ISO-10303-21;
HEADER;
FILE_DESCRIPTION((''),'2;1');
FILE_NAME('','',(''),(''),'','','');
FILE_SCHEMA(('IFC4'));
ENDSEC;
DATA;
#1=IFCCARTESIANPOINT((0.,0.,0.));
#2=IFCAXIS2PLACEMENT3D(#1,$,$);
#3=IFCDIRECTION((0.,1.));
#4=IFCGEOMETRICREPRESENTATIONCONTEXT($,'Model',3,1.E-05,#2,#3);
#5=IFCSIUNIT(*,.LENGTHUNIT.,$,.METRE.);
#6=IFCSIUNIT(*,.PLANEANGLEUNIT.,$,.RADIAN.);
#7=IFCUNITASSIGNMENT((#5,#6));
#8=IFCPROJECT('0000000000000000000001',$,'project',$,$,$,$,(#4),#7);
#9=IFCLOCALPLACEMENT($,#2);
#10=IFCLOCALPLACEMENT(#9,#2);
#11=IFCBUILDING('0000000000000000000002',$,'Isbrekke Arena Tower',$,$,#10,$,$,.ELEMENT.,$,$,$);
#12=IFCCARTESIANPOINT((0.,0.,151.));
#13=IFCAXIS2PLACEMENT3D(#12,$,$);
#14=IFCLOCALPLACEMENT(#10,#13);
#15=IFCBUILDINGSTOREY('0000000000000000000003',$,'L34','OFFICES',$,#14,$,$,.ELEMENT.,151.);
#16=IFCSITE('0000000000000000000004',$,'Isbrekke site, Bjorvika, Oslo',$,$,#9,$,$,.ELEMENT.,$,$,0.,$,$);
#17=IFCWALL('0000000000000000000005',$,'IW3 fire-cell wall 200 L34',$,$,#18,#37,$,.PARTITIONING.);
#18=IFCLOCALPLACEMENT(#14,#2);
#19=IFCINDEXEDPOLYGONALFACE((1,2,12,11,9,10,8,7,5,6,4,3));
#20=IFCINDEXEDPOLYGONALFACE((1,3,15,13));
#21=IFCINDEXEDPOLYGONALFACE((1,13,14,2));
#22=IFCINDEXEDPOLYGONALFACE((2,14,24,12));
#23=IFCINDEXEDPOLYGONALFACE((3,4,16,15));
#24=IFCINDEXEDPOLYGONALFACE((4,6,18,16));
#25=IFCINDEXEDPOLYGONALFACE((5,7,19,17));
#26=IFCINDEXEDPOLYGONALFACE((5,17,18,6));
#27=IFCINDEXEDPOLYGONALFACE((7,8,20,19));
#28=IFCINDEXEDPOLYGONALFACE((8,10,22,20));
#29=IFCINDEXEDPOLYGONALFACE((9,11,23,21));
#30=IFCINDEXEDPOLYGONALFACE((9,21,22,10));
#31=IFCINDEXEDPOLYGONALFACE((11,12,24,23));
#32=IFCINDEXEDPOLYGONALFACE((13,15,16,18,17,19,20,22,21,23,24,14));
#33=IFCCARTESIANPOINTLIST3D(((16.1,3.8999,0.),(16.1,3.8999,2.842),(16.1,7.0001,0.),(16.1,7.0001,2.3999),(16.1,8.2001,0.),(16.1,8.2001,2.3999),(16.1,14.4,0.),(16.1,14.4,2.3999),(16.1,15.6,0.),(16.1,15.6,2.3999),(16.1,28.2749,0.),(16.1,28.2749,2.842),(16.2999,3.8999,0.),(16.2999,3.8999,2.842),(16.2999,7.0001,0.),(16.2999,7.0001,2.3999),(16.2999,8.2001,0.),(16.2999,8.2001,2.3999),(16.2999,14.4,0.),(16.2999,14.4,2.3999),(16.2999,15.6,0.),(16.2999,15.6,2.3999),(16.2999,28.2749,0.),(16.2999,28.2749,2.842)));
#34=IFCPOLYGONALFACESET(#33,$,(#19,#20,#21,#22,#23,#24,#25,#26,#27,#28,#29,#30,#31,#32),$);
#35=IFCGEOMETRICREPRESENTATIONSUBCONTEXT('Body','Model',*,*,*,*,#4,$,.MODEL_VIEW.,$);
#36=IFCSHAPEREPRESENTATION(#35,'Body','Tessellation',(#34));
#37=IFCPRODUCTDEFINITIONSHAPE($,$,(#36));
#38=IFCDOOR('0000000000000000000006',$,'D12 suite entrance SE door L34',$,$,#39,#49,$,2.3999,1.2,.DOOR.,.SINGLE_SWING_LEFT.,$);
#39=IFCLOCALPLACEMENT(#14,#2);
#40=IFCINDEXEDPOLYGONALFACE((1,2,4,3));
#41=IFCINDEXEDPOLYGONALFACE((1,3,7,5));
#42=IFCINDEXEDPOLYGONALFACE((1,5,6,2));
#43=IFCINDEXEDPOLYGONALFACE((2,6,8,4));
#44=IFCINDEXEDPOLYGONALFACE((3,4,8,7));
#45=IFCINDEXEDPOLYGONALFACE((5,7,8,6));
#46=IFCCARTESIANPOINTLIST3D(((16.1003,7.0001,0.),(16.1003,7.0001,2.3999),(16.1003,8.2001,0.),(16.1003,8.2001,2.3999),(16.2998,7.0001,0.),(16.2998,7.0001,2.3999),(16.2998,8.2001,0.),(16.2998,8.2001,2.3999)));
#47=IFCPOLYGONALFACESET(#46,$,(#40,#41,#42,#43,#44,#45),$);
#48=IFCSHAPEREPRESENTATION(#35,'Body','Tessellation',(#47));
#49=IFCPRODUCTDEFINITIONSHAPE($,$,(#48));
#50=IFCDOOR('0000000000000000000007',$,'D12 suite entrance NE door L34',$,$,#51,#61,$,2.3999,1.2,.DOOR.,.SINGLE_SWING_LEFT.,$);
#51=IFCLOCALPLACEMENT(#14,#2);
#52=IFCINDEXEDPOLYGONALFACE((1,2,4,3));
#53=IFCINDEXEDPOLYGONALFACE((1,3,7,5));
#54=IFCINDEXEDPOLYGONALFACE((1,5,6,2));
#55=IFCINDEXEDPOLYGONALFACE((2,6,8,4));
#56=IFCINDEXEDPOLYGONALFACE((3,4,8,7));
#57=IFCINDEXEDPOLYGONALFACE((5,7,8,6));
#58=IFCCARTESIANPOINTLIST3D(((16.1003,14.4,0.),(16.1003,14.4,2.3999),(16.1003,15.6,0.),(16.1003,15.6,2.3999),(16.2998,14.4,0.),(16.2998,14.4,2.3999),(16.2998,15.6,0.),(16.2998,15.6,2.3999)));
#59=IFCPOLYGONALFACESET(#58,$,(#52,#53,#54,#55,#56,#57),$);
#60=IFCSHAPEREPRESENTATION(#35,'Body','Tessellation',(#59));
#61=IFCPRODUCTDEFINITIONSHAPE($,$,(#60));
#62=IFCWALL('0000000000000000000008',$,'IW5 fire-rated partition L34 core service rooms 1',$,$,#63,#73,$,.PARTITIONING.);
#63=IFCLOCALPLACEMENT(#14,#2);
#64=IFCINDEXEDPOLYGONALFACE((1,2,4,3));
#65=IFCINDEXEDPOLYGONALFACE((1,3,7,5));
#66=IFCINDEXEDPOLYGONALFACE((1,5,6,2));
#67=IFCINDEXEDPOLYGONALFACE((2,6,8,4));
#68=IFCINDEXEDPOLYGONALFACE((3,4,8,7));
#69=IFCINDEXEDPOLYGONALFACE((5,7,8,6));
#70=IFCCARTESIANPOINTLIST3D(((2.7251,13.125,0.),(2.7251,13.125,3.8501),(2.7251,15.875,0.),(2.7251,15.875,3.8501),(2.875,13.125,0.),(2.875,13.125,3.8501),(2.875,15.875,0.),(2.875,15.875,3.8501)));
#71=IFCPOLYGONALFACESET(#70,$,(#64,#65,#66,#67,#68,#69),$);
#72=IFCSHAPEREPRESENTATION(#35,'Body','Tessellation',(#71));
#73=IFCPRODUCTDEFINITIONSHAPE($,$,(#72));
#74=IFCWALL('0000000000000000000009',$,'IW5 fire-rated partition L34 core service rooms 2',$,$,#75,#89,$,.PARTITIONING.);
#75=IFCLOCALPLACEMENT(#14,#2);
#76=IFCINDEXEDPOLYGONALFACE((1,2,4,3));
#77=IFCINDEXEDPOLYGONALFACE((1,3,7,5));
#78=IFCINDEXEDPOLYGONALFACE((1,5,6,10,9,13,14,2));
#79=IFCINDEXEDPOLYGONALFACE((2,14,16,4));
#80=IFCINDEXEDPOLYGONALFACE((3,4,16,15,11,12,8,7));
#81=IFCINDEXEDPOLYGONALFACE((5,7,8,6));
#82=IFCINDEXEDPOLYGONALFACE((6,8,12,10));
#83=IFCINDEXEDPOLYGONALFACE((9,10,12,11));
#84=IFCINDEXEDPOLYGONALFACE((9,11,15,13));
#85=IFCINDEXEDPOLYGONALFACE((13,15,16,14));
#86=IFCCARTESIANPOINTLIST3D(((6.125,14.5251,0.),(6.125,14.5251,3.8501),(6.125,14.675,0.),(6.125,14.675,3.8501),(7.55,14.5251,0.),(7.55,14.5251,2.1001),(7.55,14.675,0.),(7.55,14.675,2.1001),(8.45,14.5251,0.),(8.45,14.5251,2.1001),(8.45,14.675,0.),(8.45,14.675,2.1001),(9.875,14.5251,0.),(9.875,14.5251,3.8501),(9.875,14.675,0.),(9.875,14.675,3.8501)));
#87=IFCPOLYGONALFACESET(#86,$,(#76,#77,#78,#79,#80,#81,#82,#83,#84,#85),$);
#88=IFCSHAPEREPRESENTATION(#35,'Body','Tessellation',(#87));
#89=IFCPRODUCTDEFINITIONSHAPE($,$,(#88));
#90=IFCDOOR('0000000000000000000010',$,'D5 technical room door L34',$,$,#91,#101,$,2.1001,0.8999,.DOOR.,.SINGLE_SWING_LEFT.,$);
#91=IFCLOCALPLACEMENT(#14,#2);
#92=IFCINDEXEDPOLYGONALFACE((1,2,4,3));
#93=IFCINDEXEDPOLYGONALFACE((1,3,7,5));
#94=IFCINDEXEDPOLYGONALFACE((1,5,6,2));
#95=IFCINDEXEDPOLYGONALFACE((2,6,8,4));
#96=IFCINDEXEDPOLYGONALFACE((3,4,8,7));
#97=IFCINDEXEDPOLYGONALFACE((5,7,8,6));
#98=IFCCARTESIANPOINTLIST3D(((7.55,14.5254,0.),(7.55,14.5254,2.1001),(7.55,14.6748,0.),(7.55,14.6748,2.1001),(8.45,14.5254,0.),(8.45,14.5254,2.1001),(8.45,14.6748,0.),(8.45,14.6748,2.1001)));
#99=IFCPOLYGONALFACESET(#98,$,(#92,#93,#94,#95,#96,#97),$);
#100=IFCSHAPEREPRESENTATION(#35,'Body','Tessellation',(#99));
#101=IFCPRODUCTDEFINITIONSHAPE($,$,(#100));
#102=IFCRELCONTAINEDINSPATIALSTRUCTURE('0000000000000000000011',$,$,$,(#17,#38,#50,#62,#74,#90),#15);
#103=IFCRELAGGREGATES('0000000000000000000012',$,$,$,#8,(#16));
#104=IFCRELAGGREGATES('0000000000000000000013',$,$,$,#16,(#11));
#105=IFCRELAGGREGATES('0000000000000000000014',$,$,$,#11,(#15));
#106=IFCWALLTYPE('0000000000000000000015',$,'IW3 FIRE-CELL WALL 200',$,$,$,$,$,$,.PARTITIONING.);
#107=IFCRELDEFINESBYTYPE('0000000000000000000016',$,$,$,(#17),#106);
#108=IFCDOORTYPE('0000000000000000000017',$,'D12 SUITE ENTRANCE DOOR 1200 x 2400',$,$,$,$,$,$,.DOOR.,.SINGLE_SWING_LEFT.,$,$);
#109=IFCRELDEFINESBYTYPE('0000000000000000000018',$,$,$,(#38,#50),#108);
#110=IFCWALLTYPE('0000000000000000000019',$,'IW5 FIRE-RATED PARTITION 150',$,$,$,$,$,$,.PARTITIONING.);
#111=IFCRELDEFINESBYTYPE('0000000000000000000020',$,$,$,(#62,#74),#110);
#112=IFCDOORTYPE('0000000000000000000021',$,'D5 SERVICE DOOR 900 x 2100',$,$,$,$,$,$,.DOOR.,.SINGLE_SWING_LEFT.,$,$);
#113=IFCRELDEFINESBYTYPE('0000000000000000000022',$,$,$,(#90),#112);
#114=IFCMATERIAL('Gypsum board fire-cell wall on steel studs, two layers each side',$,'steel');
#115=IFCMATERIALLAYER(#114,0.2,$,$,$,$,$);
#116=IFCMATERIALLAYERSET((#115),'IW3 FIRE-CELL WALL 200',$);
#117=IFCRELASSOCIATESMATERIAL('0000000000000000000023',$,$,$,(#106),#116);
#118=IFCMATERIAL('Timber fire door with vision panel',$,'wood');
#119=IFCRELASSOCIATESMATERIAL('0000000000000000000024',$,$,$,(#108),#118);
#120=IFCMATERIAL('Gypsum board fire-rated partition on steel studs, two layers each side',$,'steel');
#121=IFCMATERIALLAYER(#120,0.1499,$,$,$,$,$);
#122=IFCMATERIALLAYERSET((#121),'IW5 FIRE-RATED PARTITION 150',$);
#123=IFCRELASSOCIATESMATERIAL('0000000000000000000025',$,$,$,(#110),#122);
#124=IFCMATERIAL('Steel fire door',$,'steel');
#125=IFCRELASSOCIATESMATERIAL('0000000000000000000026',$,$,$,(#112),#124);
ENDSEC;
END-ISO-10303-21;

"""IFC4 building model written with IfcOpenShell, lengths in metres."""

from ifc_helpers import new_model, si_unit, direction, frame, frame_2d, origin, place, context, subcontext, project, spatial, rectangle, extrude, material, layer, layer_set, type_object, element, fill, save


model = new_model("IFC4")

# Units and contexts
model_context = context("Model", 3, precision=1e-05, world=origin(), true_north=direction((0.0, 1.0)))
body_context = subcontext(model_context, "Body", "Model", "MODEL_VIEW")
ifc_project = project(units=[si_unit("LENGTHUNIT", "METRE"), si_unit("PLANEANGLEUNIT", "RADIAN")], contexts=[model_context])

# Site, building, storey
site_placement = place(None, origin())
site = spatial("IfcSite", under=ifc_project, at=site_placement, Name="Isbrekke site, Bjorvika, Oslo", CompositionType="ELEMENT", RefElevation=0.0)
building_placement = place(site_placement, origin())
building = spatial("IfcBuilding", under=site, at=building_placement, Name="Isbrekke Arena Tower", CompositionType="ELEMENT")
storey_placement = place(building_placement, frame((0.0, 0.0, 151.0)))
storey = spatial("IfcBuildingStorey", under=building, at=storey_placement, Name="L34", Description="OFFICES", CompositionType="ELEMENT", Elevation=151.0)

# Shared definitions
ifc_material_1 = material(Name="Gypsum board fire-cell wall on steel studs, two layers each side", Category="steel")
ifc_layer_1 = layer(ifc_material_1, 0.2)
ifc_layer_set_1 = layer_set([ifc_layer_1], Name="IW3 FIRE-CELL WALL 200")
wall_type_1 = type_object("IfcWallType", Name="IW3 FIRE-CELL WALL 200", PredefinedType="PARTITIONING", material=ifc_layer_set_1)

# Wall, openings, doors
wall_1_placement = place(storey_placement, frame((16.2, 3.8999, 0.0), z_axis=(0.0, 0.0, 1.0), x_axis=(0.0, 1.0, 0.0)))
wall_1 = element("IfcWall", 1, at=wall_1_placement, inside=storey, type_object=wall_type_1, Name="IW3 fire-cell wall 200 L34", PredefinedType="PARTITIONING", context=body_context, shape_type="SweptSolid", body=[
    extrude(rectangle(XDim=24.375, YDim=0.2, at=frame_2d((12.1875, 0.0))), origin(), (0.0, 0.0, 1.0), 2.842),
])
opening_1_placement = place(wall_1_placement, frame((3.1001, 0.0, 0.0)))
opening_1 = element("IfcOpeningElement", 2, at=opening_1_placement, cuts=wall_1, PredefinedType="OPENING", context=body_context, shape_type="SweptSolid", body=[
    extrude(rectangle(XDim=1.2, YDim=2.3999, at=frame_2d((0.6001, 1.2))), frame((0.0, 0.1147, 0.0), z_axis=(0.0, -1.0, 0.0), x_axis=(1.0, 0.0, 0.0)), (0.0, 0.0, 1.0), 0.2297),
])
opening_2_placement = place(wall_1_placement, frame((10.5, 0.0, 0.0)))
opening_2 = element("IfcOpeningElement", 3, at=opening_2_placement, cuts=wall_1, PredefinedType="OPENING", context=body_context, shape_type="SweptSolid", body=[
    extrude(rectangle(XDim=1.2, YDim=2.3999, at=frame_2d((0.6001, 1.2))), frame((0.0, 0.1147, 0.0), z_axis=(0.0, -1.0, 0.0), x_axis=(1.0, 0.0, 0.0)), (0.0, 0.0, 1.0), 0.2297),
])
ifc_material_2 = material(Name="Timber fire door with vision panel", Category="wood")
door_type_1 = type_object("IfcDoorType", Name="D12 SUITE ENTRANCE DOOR 1200 x 2400", OperationType="SINGLE_SWING_LEFT", PredefinedType="DOOR", material=ifc_material_2)
door_1_placement = place(opening_1_placement, origin())
door_1 = element("IfcDoor", 4, at=door_1_placement, inside=storey, type_object=door_type_1, Name="D12 suite entrance SE door L34", OperationType="SINGLE_SWING_LEFT", OverallHeight=2.3999, OverallWidth=1.2, PredefinedType="DOOR", context=body_context, shape_type="SweptSolid", body=[
    extrude(rectangle(XDim=1.2, YDim=2.3999, at=frame_2d((0.6001, 1.2))), frame((0.0, 0.0996, 0.0), z_axis=(0.0, -1.0, 0.0), x_axis=(1.0, 0.0, 0.0)), (0.0, 0.0, 1.0), 0.1995),
])
fill(opening_1, door_1)
door_2_placement = place(opening_2_placement, origin())
door_2 = element("IfcDoor", 5, at=door_2_placement, inside=storey, type_object=door_type_1, Name="D12 suite entrance NE door L34", OperationType="SINGLE_SWING_LEFT", OverallHeight=2.3999, OverallWidth=1.2, PredefinedType="DOOR", context=body_context, shape_type="SweptSolid", body=[
    extrude(rectangle(XDim=1.2, YDim=2.3999, at=frame_2d((0.6001, 1.2))), frame((0.0, 0.0996, 0.0), z_axis=(0.0, -1.0, 0.0), x_axis=(1.0, 0.0, 0.0)), (0.0, 0.0, 1.0), 0.1995),
])
fill(opening_2, door_2)

# Wall
ifc_material_3 = material(Name="Gypsum board fire-rated partition on steel studs, two layers each side", Category="steel")
ifc_layer_2 = layer(ifc_material_3, 0.1499)
ifc_layer_set_2 = layer_set([ifc_layer_2], Name="IW5 FIRE-RATED PARTITION 150")
wall_type_2 = type_object("IfcWallType", Name="IW5 FIRE-RATED PARTITION 150", PredefinedType="PARTITIONING", material=ifc_layer_set_2)
wall_2_placement = place(storey_placement, frame((2.8, 13.125, 0.0), z_axis=(0.0, 0.0, 1.0), x_axis=(0.0, 1.0, 0.0)))
element("IfcWall", 6, at=wall_2_placement, inside=storey, type_object=wall_type_2, Name="IW5 fire-rated partition L34 core service rooms 1", PredefinedType="PARTITIONING", context=body_context, shape_type="SweptSolid", body=[
    extrude(rectangle(XDim=2.75, YDim=0.1499, at=frame_2d((1.375, 0.0))), origin(), (0.0, 0.0, 1.0), 3.8501),
])

# Wall, opening, door
wall_3_placement = place(storey_placement, frame((6.125, 14.6001, 0.0), z_axis=(0.0, 0.0, 1.0), x_axis=(1.0, 0.0, 0.0)))
wall_3 = element("IfcWall", 7, at=wall_3_placement, inside=storey, type_object=wall_type_2, Name="IW5 fire-rated partition L34 core service rooms 2", PredefinedType="PARTITIONING", context=body_context, shape_type="SweptSolid", body=[
    extrude(rectangle(XDim=3.75, YDim=0.1499, at=frame_2d((1.875, 0.0))), origin(), (0.0, 0.0, 1.0), 3.8501),
])
opening_3_placement = place(wall_3_placement, frame((1.425, 0.0, 0.0)))
opening_3 = element("IfcOpeningElement", 8, at=opening_3_placement, cuts=wall_3, PredefinedType="OPENING", context=body_context, shape_type="SweptSolid", body=[
    extrude(rectangle(XDim=0.8999, YDim=2.1001, at=frame_2d((0.45, 1.05))), frame((0.0, 0.0898, 0.0), z_axis=(0.0, -1.0, 0.0), x_axis=(1.0, 0.0, 0.0)), (0.0, 0.0, 1.0), 0.1797),
])
ifc_material_4 = material(Name="Steel fire door", Category="steel")
door_type_2 = type_object("IfcDoorType", Name="D5 SERVICE DOOR 900 x 2100", OperationType="SINGLE_SWING_LEFT", PredefinedType="DOOR", material=ifc_material_4)
door_3_placement = place(opening_3_placement, origin())
door_3 = element("IfcDoor", 9, at=door_3_placement, inside=storey, type_object=door_type_2, Name="D5 technical room door L34", OperationType="SINGLE_SWING_LEFT", OverallHeight=2.1001, OverallWidth=0.8999, PredefinedType="DOOR", context=body_context, shape_type="SweptSolid", body=[
    extrude(rectangle(XDim=0.8999, YDim=2.1001, at=frame_2d((0.45, 1.05))), frame((0.0, 0.0747, 0.0), z_axis=(0.0, -1.0, 0.0), x_axis=(1.0, 0.0, 0.0)), (0.0, 0.0, 1.0), 0.1494),
])
fill(opening_3, door_3)

save(model, "model.ifc")
